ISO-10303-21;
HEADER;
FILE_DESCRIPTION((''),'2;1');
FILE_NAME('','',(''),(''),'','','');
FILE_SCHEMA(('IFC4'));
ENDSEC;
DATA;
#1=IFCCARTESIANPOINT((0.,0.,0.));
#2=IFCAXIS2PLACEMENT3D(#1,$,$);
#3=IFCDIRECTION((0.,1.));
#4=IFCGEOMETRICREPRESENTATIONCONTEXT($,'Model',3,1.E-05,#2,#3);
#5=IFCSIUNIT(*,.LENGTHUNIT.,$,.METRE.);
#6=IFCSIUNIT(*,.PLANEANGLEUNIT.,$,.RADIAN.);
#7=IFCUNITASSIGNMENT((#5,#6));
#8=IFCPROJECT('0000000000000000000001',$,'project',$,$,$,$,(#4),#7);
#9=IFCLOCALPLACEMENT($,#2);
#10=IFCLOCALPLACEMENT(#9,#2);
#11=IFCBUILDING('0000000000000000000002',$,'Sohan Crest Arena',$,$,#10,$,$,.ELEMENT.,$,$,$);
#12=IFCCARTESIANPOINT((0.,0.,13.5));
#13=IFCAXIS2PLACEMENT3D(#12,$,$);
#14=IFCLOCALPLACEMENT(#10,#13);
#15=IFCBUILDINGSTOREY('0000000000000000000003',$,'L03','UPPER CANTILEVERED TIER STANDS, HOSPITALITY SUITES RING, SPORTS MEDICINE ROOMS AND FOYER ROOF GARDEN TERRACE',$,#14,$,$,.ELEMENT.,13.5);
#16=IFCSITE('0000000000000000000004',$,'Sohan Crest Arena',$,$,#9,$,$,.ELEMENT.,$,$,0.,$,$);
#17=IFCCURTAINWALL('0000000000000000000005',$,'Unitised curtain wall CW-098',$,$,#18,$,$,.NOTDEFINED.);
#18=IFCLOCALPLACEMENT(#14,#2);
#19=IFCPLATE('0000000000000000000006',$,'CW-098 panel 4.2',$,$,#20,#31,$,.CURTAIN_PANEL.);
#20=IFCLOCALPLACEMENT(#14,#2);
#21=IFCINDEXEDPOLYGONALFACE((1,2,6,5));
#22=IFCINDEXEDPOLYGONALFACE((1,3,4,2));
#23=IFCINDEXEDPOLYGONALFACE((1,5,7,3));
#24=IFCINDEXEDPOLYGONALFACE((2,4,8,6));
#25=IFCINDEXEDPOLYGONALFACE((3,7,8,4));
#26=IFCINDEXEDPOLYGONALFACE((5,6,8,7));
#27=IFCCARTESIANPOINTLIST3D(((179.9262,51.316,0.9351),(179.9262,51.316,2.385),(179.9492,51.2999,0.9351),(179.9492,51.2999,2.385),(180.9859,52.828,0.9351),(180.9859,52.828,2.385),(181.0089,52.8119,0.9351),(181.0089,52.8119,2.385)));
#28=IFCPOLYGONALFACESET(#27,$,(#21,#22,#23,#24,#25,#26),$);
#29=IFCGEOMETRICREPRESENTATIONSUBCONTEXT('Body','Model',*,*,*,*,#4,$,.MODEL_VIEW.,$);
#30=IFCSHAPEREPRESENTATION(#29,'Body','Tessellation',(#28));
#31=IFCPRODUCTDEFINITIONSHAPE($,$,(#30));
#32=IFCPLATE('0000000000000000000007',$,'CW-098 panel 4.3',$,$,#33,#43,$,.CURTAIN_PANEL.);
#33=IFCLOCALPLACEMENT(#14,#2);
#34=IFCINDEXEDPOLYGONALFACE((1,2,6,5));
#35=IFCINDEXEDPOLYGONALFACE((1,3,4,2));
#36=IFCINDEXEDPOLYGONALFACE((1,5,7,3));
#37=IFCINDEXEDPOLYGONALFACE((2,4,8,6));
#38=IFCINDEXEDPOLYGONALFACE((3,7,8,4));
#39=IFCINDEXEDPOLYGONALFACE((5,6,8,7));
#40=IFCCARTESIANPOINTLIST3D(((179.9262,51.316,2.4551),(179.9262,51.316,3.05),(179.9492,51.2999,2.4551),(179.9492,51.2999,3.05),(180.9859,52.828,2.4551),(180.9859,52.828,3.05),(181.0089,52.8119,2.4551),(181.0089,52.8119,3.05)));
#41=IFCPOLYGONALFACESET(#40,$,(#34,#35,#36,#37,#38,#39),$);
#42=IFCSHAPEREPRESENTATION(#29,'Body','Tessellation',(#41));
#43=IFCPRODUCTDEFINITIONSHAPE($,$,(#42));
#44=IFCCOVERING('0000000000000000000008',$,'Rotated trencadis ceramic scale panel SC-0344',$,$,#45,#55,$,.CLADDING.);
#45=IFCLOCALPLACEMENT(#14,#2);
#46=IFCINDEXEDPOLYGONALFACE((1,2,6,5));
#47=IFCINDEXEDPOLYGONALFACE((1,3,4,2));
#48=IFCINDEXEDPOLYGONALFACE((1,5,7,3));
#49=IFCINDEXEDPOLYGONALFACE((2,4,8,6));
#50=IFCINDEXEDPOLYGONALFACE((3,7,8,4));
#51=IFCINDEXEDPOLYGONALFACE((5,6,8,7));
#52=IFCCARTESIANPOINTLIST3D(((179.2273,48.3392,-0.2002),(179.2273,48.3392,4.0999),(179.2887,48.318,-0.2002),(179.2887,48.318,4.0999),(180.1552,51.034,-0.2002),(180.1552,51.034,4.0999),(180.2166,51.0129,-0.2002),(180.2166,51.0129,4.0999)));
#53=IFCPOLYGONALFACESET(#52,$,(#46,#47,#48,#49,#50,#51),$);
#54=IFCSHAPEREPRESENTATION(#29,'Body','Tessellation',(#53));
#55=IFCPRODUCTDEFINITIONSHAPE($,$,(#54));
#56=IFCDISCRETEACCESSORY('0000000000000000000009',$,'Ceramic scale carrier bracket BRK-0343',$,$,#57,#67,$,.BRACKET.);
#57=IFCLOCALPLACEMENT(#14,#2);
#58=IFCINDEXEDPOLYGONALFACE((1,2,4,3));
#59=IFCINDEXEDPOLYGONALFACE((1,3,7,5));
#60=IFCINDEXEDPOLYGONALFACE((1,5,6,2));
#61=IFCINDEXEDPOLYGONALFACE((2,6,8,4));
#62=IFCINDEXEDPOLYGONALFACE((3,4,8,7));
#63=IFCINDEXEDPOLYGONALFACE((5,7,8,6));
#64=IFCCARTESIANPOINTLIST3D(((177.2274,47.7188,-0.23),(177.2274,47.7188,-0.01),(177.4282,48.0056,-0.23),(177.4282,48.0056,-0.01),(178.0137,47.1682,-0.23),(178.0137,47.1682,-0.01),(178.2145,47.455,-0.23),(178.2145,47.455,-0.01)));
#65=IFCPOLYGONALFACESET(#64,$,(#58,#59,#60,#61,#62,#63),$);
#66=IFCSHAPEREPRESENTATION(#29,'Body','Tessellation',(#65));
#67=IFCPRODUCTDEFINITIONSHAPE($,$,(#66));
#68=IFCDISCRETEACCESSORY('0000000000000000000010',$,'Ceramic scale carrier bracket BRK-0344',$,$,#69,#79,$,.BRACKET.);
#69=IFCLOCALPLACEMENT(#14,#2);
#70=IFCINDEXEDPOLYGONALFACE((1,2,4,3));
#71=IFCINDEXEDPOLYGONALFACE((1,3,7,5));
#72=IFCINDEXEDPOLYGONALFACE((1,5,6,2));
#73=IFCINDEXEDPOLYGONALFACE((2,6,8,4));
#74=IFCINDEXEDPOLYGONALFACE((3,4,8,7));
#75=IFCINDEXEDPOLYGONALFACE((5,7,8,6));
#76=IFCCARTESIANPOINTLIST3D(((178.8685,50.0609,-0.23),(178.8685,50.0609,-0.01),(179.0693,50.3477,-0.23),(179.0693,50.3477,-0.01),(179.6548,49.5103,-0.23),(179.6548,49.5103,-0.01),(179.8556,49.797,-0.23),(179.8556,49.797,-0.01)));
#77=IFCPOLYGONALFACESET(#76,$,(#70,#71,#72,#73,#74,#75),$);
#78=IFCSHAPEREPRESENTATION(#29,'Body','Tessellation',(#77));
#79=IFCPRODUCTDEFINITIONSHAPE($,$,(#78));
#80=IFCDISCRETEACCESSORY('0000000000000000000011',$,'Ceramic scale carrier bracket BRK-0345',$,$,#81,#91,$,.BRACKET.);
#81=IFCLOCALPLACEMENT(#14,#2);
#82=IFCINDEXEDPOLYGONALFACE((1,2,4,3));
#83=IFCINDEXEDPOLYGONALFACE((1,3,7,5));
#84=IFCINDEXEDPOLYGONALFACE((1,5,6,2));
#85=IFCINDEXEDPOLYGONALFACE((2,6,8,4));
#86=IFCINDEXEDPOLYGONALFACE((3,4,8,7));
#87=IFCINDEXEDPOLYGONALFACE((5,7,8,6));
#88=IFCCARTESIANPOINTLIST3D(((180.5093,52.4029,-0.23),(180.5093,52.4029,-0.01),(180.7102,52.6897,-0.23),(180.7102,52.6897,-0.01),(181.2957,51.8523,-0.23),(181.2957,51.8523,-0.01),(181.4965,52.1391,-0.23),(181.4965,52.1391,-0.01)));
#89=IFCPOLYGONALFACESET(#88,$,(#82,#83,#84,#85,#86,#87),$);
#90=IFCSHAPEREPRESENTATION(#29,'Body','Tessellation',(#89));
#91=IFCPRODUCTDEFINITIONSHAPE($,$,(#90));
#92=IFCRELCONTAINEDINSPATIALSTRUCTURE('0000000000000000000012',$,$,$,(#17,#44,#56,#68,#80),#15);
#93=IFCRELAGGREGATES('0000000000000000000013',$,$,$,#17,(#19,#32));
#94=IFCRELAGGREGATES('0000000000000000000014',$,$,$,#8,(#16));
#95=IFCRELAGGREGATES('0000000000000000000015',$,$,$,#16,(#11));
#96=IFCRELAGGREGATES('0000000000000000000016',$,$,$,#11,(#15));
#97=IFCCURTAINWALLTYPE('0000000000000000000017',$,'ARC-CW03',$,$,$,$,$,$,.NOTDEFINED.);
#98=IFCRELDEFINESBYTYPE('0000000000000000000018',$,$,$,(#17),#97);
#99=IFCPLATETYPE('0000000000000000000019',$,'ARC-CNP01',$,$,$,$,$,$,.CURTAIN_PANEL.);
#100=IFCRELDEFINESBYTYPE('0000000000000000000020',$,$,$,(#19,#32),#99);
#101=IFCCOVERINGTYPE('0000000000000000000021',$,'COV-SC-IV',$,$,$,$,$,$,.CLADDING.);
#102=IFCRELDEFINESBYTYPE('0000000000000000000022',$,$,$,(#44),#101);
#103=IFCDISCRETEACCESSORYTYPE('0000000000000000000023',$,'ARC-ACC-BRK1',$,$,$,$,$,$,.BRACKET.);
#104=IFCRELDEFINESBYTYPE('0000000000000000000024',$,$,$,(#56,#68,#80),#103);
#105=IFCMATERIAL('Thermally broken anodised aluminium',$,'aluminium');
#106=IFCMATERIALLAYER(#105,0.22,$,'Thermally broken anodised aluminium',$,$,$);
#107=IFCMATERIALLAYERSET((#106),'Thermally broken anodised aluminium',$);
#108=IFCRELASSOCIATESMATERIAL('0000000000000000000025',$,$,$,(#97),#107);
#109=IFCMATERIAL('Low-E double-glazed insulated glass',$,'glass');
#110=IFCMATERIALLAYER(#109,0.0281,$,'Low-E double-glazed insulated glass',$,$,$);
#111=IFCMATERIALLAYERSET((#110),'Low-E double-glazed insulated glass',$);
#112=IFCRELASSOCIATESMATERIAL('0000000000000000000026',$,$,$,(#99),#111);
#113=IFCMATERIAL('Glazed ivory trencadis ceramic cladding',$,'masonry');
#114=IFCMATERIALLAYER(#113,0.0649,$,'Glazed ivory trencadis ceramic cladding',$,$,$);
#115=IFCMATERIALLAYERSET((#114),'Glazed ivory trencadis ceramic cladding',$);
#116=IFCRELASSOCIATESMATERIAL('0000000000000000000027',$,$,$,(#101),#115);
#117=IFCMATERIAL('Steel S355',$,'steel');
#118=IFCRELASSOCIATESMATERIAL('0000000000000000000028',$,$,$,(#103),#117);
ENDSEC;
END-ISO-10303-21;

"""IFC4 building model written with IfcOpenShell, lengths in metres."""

from ifc_helpers import new_model, si_unit, direction, frame, origin, origin_2d, place, context, subcontext, project, spatial, rectangle, extrude, material, layer, layer_set, type_object, element, aggregate, save


model = new_model("IFC4")

# Units and contexts
model_context = context("Model", 3, precision=1e-05, world=origin(), true_north=direction((0.0, 1.0)))
body_context = subcontext(model_context, "Body", "Model", "MODEL_VIEW")
ifc_project = project(units=[si_unit("LENGTHUNIT", "METRE"), si_unit("PLANEANGLEUNIT", "RADIAN")], contexts=[model_context])

# Site, building, storey
site_placement = place(None, origin())
site = spatial("IfcSite", under=ifc_project, at=site_placement, Name="Sohan Crest Arena", CompositionType="ELEMENT", RefElevation=0.0)
building_placement = place(site_placement, origin())
building = spatial("IfcBuilding", under=site, at=building_placement, Name="Sohan Crest Arena", CompositionType="ELEMENT")
storey_placement = place(building_placement, frame((0.0, 0.0, 13.5)))
storey = spatial("IfcBuildingStorey", under=building, at=storey_placement, Name="L03", Description="UPPER CANTILEVERED TIER STANDS, HOSPITALITY SUITES RING, SPORTS MEDICINE ROOMS AND FOYER ROOF GARDEN TERRACE", CompositionType="ELEMENT", Elevation=13.5)

# Curtain wall
ifc_material_1 = material(Name="Thermally broken anodised aluminium", Category="aluminium")
ifc_layer_1 = layer(ifc_material_1, 0.22, Name="Thermally broken anodised aluminium")
ifc_layer_set_1 = layer_set([ifc_layer_1], Name="Thermally broken anodised aluminium")
curtain_wall_type = type_object("IfcCurtainWallType", Name="ARC-CW03", PredefinedType="NOTDEFINED", material=ifc_layer_set_1)
curtain_wall_placement = place(storey_placement, origin())
curtain_wall = element("IfcCurtainWall", 1, at=curtain_wall_placement, inside=storey, type_object=curtain_wall_type, Name="Unitised curtain wall CW-098", PredefinedType="NOTDEFINED")

# Shared definitions
ifc_material_2 = material(Name="Steel S355", Category="steel")

# Plates
ifc_material_3 = material(Name="Low-E double-glazed insulated glass", Category="glass")
ifc_layer_2 = layer(ifc_material_3, 0.0281, Name="Low-E double-glazed insulated glass")
ifc_layer_set_2 = layer_set([ifc_layer_2], Name="Low-E double-glazed insulated glass")
plate_type = type_object("IfcPlateType", Name="ARC-CNP01", PredefinedType="CURTAIN_PANEL", material=ifc_layer_set_2)
plate_1_placement = place(storey_placement, frame((180.4675, 52.064, 0.9351), z_axis=(0.0, 0.0, 1.0), x_axis=(0.573938, 0.818899, 0.0)))
plate_1 = element("IfcPlate", 2, at=plate_1_placement, type_object=plate_type, Name="CW-098 panel 4.2", PredefinedType="CURTAIN_PANEL", context=body_context, shape_type="SweptSolid", body=[
    extrude(rectangle(XDim=1.8464, YDim=0.0281, at=origin_2d()), origin(), (0.0, 0.0, 1.0), 1.45),
])
plate_2_placement = place(storey_placement, frame((180.4675, 52.064, 2.4551), z_axis=(0.0, 0.0, 1.0), x_axis=(0.573938, 0.818899, 0.0)))
plate_2 = element("IfcPlate", 3, at=plate_2_placement, type_object=plate_type, Name="CW-098 panel 4.3", PredefinedType="CURTAIN_PANEL", context=body_context, shape_type="SweptSolid", body=[
    extrude(rectangle(XDim=1.8464, YDim=0.0281, at=origin_2d()), origin(), (0.0, 0.0, 1.0), 0.595),
])
aggregate(curtain_wall, [plate_1, plate_2])

# Covering
ifc_material_4 = material(Name="Glazed ivory trencadis ceramic cladding", Category="masonry")
ifc_layer_3 = layer(ifc_material_4, 0.0649, Name="Glazed ivory trencadis ceramic cladding")
ifc_layer_set_3 = layer_set([ifc_layer_3], Name="Glazed ivory trencadis ceramic cladding")
covering_type = type_object("IfcCoveringType", Name="COV-SC-IV", PredefinedType="CLADDING", material=ifc_layer_set_3)
covering_placement = place(storey_placement, frame((179.7219, 49.676, -0.2002), z_axis=(0.0, 0.0, 1.0), x_axis=(0.325568, 0.945519, 0.0)))
element("IfcCovering", 4, at=covering_placement, inside=storey, type_object=covering_type, Name="Rotated trencadis ceramic scale panel SC-0344", PredefinedType="CLADDING", context=body_context, shape_type="SweptSolid", body=[
    extrude(rectangle(XDim=2.8501, YDim=0.0649, at=origin_2d()), origin(), (0.0, 0.0, 1.0), 4.3),
])

# Discrete accessories
discrete_accessory_type = type_object("IfcDiscreteAccessoryType", Name="ARC-ACC-BRK1", PredefinedType="BRACKET", material=ifc_material_2)
for number, where, z_axis, x_axis, name in (
    (5, (177.7209, 47.5869, -0.23), (0.0, 0.0, 1.0), (0.573576, 0.819152, 0.0), "Ceramic scale carrier bracket BRK-0343"),
    (6, (179.3621, 49.929, -0.23), (0.0, 0.0, 1.0), (0.573576, 0.819152, 0.0), "Ceramic scale carrier bracket BRK-0344"),
    (7, (181.0029, 52.271, -0.23), (0.0, 0.0, 1.0), (0.573576, 0.819152, 0.0), "Ceramic scale carrier bracket BRK-0345"),
):
    element("IfcDiscreteAccessory", number, at=place(storey_placement, frame(where, z_axis=z_axis, x_axis=x_axis)), inside=storey, type_object=discrete_accessory_type, Name=name, PredefinedType="BRACKET", context=body_context, shape_type="SweptSolid", body=[
        extrude(rectangle(XDim=0.3501, YDim=0.96, at=origin_2d()), origin(), (0.0, 0.0, 1.0), 0.22),
    ])

save(model, "model.ifc")
